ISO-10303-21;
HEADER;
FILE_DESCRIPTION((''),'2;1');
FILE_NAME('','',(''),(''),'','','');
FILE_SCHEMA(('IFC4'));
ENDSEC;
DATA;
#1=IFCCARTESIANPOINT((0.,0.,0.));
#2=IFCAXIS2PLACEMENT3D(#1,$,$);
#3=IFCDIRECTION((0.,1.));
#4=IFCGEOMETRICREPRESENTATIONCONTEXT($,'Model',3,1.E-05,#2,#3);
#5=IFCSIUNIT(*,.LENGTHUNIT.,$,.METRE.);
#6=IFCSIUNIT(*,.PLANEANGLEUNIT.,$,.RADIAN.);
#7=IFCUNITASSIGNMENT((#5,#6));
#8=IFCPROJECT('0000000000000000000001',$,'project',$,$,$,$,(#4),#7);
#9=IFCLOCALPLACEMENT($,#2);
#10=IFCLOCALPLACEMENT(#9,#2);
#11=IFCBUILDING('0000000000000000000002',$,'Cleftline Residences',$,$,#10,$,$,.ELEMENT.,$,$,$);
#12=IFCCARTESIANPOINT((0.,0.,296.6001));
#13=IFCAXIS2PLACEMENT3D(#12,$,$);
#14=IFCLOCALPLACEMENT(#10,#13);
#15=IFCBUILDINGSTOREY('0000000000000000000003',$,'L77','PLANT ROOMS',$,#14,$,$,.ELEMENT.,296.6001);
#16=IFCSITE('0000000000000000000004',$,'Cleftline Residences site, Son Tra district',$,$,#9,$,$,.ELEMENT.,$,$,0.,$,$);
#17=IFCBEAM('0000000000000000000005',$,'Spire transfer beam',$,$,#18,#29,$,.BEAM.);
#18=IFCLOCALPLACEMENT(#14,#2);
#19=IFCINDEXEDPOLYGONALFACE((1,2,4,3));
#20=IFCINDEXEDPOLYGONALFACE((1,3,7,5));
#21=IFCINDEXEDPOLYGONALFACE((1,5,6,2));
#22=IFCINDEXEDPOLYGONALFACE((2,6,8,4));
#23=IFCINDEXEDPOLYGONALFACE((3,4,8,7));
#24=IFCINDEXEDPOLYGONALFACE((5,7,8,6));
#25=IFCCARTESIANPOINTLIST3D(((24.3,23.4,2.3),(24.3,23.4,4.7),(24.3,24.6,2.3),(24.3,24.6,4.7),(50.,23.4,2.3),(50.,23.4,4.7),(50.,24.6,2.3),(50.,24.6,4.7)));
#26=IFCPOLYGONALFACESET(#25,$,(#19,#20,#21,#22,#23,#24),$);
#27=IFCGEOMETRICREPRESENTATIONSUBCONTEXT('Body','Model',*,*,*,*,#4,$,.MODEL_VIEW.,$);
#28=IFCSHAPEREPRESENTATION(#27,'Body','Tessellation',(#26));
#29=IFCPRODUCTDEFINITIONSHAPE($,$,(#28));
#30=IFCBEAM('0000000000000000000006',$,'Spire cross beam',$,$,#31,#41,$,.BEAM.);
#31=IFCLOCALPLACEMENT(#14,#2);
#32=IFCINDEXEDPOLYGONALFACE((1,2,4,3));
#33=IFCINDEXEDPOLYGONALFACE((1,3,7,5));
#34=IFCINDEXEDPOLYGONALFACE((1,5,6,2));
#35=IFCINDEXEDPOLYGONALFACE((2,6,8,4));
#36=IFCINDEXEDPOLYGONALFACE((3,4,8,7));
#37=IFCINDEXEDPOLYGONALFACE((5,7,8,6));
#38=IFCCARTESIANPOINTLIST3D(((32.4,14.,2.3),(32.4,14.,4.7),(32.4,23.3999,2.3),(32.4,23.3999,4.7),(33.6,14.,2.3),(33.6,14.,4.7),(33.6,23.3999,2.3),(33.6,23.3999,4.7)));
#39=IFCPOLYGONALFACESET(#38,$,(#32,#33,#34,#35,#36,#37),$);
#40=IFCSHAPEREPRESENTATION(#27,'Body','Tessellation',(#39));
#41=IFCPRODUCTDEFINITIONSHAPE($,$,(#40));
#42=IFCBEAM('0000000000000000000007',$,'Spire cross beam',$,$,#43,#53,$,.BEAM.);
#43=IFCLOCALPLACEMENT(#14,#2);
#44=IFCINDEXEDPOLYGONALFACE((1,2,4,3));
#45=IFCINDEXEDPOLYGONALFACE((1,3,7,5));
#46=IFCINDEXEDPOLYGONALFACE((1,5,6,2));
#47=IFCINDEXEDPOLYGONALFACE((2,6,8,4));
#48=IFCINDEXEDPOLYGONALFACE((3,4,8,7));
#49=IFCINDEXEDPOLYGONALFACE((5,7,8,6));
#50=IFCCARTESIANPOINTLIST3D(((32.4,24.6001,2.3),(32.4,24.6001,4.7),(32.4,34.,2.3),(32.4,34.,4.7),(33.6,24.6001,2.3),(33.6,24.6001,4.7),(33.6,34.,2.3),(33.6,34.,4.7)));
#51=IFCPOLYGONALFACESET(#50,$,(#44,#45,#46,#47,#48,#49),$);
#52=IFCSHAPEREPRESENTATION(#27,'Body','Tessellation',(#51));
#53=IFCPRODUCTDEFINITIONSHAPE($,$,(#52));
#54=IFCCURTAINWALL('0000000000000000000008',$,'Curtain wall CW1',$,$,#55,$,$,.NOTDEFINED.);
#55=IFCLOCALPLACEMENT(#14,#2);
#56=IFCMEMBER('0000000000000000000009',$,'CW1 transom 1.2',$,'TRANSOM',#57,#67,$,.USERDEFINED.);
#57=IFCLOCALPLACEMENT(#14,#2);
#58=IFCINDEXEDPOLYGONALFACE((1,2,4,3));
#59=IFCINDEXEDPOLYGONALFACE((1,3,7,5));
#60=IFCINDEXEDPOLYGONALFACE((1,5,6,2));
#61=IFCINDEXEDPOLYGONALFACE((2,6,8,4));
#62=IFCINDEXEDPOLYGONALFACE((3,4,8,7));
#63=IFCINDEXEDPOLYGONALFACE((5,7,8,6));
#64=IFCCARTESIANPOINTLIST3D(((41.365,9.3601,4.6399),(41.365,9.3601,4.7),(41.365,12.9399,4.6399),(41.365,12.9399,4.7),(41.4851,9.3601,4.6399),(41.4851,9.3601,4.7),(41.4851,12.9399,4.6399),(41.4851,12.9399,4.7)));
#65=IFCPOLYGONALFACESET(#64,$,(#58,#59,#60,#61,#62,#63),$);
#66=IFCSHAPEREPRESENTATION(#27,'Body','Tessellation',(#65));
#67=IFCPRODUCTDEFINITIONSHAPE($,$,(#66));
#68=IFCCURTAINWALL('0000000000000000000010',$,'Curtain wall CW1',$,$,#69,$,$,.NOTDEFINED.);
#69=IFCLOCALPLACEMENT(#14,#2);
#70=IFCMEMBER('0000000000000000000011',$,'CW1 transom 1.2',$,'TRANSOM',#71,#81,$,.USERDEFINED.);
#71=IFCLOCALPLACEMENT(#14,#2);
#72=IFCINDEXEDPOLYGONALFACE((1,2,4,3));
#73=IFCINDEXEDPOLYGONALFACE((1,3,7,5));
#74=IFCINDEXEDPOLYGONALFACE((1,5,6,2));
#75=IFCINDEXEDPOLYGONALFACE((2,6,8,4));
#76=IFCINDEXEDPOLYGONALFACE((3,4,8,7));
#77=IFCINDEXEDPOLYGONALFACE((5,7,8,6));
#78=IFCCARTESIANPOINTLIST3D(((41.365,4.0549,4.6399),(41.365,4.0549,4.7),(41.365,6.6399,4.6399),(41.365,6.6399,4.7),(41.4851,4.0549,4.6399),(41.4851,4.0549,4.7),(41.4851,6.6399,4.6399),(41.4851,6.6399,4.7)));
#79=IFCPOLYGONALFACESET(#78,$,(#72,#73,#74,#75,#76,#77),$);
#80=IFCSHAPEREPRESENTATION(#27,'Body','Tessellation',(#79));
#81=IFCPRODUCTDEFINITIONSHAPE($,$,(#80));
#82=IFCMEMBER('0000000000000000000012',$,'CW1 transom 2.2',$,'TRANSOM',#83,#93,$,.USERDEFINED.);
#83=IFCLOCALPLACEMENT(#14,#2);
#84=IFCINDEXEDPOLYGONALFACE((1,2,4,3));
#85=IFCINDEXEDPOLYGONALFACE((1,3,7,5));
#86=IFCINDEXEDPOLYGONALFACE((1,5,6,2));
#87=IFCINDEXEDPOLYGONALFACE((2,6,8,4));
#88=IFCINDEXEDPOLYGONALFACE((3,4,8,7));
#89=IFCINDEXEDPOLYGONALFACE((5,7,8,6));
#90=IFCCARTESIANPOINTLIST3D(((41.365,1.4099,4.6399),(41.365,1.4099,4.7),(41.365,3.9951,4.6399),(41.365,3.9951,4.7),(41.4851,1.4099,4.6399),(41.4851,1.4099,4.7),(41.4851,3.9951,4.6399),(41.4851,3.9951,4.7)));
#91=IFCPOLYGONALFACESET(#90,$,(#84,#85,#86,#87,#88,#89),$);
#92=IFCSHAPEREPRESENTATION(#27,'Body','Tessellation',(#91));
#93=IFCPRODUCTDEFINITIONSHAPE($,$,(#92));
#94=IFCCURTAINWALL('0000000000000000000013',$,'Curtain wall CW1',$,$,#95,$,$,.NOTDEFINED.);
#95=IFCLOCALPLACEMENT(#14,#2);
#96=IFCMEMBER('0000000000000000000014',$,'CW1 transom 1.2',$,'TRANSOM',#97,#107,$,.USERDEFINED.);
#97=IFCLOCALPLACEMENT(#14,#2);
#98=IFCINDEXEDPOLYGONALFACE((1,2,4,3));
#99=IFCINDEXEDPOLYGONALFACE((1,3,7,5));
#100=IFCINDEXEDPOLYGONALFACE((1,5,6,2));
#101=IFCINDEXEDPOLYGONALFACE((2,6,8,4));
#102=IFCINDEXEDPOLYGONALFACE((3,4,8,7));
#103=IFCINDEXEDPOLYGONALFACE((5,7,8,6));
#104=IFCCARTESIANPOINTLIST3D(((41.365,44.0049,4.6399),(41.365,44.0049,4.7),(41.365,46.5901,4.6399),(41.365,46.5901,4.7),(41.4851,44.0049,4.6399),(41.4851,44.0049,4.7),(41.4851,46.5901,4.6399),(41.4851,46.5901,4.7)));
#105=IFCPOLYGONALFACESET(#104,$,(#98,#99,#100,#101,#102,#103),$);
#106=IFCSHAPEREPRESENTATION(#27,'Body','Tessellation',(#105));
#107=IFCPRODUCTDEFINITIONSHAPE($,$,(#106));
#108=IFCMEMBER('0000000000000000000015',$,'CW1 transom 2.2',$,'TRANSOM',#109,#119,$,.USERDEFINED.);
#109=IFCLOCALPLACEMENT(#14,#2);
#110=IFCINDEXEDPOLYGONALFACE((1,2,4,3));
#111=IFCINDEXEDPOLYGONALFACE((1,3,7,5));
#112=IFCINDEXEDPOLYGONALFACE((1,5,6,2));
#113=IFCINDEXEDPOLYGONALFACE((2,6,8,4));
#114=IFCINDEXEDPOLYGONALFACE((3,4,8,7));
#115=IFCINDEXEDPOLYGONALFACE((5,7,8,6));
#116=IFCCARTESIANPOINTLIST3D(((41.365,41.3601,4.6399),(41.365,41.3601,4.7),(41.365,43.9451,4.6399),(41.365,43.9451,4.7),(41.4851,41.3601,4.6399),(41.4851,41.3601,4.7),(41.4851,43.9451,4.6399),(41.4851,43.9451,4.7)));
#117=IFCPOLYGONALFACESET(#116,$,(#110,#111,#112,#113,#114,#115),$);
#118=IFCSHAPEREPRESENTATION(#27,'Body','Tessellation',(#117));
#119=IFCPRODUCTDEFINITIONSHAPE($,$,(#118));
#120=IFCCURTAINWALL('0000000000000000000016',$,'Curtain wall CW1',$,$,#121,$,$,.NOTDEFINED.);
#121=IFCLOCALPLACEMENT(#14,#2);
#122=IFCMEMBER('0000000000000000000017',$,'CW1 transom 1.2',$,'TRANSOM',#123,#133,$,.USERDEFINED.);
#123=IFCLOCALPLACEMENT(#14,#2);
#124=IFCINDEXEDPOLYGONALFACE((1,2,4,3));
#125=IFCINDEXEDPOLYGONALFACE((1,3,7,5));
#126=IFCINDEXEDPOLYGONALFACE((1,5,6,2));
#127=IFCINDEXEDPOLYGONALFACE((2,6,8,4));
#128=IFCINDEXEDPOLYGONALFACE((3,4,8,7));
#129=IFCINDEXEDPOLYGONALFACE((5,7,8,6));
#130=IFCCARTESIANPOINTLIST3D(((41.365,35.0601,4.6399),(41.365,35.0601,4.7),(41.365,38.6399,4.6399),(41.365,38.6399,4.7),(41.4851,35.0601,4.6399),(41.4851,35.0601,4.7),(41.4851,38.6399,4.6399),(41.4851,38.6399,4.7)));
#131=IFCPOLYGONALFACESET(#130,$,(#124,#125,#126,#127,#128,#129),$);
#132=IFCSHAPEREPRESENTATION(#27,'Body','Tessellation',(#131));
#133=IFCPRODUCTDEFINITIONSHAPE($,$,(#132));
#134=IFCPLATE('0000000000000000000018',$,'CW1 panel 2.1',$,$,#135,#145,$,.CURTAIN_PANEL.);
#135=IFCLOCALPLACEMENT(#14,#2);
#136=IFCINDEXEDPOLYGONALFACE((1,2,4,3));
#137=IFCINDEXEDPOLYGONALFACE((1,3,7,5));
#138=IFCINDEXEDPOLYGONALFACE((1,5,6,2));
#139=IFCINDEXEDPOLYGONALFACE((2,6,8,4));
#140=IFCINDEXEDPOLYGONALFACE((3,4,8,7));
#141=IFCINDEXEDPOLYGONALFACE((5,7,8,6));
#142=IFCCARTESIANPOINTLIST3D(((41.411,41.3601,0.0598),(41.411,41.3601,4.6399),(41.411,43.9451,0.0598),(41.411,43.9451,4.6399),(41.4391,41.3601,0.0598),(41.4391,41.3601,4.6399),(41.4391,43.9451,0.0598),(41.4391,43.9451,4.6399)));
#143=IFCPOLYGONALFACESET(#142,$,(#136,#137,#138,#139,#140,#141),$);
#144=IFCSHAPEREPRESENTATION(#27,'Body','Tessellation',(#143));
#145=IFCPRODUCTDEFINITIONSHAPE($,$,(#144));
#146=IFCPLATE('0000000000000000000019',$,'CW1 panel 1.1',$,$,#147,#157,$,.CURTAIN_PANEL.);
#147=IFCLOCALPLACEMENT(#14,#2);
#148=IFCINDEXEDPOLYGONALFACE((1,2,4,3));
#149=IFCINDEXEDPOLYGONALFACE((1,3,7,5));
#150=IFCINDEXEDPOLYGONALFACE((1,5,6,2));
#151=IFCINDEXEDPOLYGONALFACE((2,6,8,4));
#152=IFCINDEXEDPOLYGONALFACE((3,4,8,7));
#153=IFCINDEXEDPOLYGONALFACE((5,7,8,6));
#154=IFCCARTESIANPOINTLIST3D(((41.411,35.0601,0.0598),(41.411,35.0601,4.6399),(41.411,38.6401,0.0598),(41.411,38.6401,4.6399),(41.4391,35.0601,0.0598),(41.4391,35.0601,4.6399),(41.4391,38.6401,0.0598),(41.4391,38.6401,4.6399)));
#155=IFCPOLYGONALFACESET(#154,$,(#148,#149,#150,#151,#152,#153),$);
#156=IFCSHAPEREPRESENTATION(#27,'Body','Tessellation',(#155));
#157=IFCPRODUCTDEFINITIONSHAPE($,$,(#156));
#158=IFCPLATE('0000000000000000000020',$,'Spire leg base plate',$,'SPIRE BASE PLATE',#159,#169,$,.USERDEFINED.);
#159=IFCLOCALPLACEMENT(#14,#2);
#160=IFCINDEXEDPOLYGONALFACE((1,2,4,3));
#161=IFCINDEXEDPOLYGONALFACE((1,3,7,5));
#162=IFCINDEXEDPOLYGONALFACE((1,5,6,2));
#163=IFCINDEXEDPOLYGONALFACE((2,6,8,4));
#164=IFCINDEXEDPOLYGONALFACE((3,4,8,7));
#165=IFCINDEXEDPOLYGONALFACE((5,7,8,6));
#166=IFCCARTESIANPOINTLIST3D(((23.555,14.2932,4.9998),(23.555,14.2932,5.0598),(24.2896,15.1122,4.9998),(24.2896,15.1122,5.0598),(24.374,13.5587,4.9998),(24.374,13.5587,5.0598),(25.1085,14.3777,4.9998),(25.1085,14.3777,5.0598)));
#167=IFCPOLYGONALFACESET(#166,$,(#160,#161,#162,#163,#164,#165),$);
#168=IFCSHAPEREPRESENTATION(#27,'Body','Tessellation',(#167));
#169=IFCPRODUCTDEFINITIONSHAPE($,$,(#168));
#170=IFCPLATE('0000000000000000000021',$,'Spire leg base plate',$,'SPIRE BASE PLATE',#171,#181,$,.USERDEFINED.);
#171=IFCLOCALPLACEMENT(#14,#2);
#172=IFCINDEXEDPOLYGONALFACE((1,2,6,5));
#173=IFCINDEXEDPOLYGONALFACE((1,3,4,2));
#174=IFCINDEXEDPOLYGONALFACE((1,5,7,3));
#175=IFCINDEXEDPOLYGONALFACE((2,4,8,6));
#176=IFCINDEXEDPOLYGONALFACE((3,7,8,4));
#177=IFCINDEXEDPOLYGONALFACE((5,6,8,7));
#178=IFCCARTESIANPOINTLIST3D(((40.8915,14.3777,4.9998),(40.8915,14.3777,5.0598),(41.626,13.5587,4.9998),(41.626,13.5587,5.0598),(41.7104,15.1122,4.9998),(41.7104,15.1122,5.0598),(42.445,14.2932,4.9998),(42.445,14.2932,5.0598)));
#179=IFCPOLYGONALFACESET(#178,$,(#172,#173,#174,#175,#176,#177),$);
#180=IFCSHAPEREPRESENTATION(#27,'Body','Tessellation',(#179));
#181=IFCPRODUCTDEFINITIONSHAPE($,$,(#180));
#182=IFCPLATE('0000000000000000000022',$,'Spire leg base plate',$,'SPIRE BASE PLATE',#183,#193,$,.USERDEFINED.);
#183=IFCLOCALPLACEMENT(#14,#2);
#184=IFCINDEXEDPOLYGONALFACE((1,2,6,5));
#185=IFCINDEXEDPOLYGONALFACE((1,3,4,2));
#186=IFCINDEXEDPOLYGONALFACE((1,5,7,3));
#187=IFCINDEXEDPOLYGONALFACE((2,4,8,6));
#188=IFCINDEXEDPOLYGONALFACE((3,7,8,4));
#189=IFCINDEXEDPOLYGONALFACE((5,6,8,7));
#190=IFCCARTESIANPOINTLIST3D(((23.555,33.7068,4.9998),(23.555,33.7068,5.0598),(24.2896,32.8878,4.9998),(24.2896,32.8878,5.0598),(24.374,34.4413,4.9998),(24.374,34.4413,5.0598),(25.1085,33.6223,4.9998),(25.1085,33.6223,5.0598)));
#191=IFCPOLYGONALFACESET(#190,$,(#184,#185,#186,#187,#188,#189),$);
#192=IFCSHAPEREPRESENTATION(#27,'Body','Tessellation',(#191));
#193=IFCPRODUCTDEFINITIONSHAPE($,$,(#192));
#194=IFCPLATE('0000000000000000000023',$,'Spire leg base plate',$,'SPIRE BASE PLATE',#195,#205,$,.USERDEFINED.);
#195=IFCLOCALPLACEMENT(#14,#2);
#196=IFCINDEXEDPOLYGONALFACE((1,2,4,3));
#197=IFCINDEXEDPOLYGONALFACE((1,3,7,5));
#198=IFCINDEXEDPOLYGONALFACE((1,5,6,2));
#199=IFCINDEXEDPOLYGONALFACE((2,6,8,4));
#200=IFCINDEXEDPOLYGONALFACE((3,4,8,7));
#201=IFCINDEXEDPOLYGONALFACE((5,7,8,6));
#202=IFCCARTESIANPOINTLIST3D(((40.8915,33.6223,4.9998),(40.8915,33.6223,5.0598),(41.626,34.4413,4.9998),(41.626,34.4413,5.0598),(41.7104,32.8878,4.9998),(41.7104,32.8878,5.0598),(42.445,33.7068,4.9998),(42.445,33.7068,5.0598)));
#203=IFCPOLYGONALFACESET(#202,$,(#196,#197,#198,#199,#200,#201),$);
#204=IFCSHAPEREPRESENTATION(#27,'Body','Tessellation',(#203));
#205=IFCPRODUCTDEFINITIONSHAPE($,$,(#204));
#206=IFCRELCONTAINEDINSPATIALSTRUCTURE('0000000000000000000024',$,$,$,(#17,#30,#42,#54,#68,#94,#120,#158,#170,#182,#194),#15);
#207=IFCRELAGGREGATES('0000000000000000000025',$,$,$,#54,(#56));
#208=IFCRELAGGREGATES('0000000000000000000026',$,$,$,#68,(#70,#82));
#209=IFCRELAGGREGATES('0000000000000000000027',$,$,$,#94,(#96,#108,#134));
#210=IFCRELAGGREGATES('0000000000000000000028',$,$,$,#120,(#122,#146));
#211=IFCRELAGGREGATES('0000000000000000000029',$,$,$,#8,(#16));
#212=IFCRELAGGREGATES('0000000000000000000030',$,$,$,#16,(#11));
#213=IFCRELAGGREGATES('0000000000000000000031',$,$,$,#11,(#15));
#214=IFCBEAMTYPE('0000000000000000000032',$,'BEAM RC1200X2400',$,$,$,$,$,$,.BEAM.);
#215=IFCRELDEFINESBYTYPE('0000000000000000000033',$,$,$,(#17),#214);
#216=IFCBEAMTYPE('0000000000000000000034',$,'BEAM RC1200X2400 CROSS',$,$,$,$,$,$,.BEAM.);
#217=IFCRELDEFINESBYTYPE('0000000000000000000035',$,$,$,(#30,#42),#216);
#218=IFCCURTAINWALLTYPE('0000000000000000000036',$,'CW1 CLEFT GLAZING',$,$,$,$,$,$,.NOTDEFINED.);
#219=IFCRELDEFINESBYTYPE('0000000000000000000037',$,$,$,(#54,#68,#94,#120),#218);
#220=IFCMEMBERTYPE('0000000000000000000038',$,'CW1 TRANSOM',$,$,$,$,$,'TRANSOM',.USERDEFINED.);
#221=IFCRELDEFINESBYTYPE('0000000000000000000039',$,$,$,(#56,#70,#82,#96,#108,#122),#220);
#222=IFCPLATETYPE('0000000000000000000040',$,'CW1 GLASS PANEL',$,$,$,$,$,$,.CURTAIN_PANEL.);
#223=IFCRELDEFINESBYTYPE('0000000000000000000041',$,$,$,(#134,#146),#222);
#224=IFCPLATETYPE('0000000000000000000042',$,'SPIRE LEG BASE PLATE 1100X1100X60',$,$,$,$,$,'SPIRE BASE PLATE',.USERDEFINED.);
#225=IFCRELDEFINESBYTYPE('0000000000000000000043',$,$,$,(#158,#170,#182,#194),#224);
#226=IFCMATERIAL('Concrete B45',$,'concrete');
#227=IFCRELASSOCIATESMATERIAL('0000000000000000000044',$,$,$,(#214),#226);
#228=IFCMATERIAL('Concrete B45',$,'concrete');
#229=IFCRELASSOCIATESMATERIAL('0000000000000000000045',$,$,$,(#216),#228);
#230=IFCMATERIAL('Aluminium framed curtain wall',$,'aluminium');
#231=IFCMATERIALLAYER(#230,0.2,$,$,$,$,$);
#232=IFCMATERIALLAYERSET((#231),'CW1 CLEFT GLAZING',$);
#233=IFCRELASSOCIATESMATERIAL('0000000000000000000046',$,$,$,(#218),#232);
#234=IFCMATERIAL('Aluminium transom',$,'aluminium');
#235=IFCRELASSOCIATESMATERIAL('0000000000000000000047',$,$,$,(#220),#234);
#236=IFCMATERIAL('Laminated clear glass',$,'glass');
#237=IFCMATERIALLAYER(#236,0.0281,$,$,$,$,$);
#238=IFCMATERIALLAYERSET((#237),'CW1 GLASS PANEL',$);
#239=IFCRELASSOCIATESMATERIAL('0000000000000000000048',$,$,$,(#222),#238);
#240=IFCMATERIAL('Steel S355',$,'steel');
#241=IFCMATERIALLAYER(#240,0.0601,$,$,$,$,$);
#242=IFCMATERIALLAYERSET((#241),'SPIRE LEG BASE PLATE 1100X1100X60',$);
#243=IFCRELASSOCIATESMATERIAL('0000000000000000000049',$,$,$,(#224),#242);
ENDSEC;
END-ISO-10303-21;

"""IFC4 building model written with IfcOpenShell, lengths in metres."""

from ifc_helpers import new_model, si_unit, direction, frame, origin, origin_2d, place, context, subcontext, project, spatial, rectangle, extrude, material, layer, layer_set, material_profile, profile_set, type_object, element, aggregate, save


model = new_model("IFC4")

# Units and contexts
model_context = context("Model", 3, precision=1e-05, world=origin(), true_north=direction((0.0, 1.0)))
body_context = subcontext(model_context, "Body", "Model", "MODEL_VIEW")
ifc_project = project(units=[si_unit("LENGTHUNIT", "METRE"), si_unit("PLANEANGLEUNIT", "RADIAN")], contexts=[model_context])

# Site, building, storey
site_placement = place(None, origin())
site = spatial("IfcSite", under=ifc_project, at=site_placement, Name="Cleftline Residences site, Son Tra district", CompositionType="ELEMENT", RefElevation=0.0)
building_placement = place(site_placement, origin())
building = spatial("IfcBuilding", under=site, at=building_placement, Name="Cleftline Residences", CompositionType="ELEMENT")
storey_placement = place(building_placement, frame((0.0, 0.0, 296.6001)))
storey = spatial("IfcBuildingStorey", under=building, at=storey_placement, Name="L77", Description="PLANT ROOMS", CompositionType="ELEMENT", Elevation=296.6001)

# Beams
ifc_material_1 = material(Name="Concrete B45", Category="concrete")
ifc_material_profile_1 = material_profile(ifc_material_1, rectangle(XDim=1.2, YDim=2.3999, at=origin_2d()))
ifc_profile_set_1 = profile_set([ifc_material_profile_1], Name="Concrete B45")
beam_type_1 = type_object("IfcBeamType", Name="BEAM RC1200X2400", PredefinedType="BEAM", material=ifc_profile_set_1)
beam_placement = place(storey_placement, frame((24.3, 24.0, 3.5), z_axis=(1.0, 0.0, 0.0), x_axis=(0.0, 1.0, 0.0)))
element("IfcBeam", 1, at=beam_placement, inside=storey, type_object=beam_type_1, Name="Spire transfer beam", PredefinedType="BEAM", context=body_context, shape_type="SweptSolid", body=[
    extrude(rectangle(XDim=1.2, YDim=2.3999, at=origin_2d()), origin(), (0.0, 0.0, 1.0), 25.7),
])
ifc_material_2 = material(Name="Concrete B45", Category="concrete")
ifc_material_profile_2 = material_profile(ifc_material_2, rectangle(XDim=1.2, YDim=2.3999, at=origin_2d()))
ifc_profile_set_2 = profile_set([ifc_material_profile_2], Name="Concrete B45")
beam_type_2 = type_object("IfcBeamType", Name="BEAM RC1200X2400 CROSS", PredefinedType="BEAM", material=ifc_profile_set_2)
for number, where, z_axis, x_axis, name in (
    (2, (33.0, 14.0, 3.5), (0.0, 1.0, 0.0), (-1.0, 0.0, 0.0), "Spire cross beam"),
    (3, (33.0, 24.6001, 3.5), (0.0, 1.0, 0.0), (-1.0, 0.0, 0.0), "Spire cross beam"),
):
    element("IfcBeam", number, at=place(storey_placement, frame(where, z_axis=z_axis, x_axis=x_axis)), inside=storey, type_object=beam_type_2, Name=name, PredefinedType="BEAM", context=body_context, shape_type="SweptSolid", body=[
        extrude(rectangle(XDim=1.2, YDim=2.3999, at=origin_2d()), origin(), (0.0, 0.0, 1.0), 9.3999),
    ])

# Curtain wall, member
ifc_material_3 = material(Name="Aluminium framed curtain wall", Category="aluminium")
ifc_layer_1 = layer(ifc_material_3, 0.2)
ifc_layer_set_1 = layer_set([ifc_layer_1], Name="CW1 CLEFT GLAZING")
curtain_wall_type = type_object("IfcCurtainWallType", Name="CW1 CLEFT GLAZING", PredefinedType="NOTDEFINED", material=ifc_layer_set_1)
curtain_wall_1_placement = place(storey_placement, origin())
curtain_wall_1 = element("IfcCurtainWall", 4, at=curtain_wall_1_placement, inside=storey, type_object=curtain_wall_type, Name="Curtain wall CW1", PredefinedType="NOTDEFINED")
ifc_material_4 = material(Name="Aluminium transom", Category="aluminium")
ifc_material_profile_3 = material_profile(ifc_material_4, rectangle(XDim=0.1201, YDim=0.0601, at=origin_2d()))
ifc_profile_set_3 = profile_set([ifc_material_profile_3], Name="Aluminium transom")
member_type = type_object("IfcMemberType", Name="CW1 TRANSOM", ElementType="TRANSOM", PredefinedType="USERDEFINED", material=ifc_profile_set_3)
member_1_placement = place(storey_placement, frame((41.425, 12.9399, 4.6699), z_axis=(0.0, -1.0, 0.0), x_axis=(1.0, 0.0, 0.0)))
member_1 = element("IfcMember", 5, at=member_1_placement, type_object=member_type, Name="CW1 transom 1.2", ObjectType="TRANSOM", PredefinedType="USERDEFINED", context=body_context, shape_type="SweptSolid", body=[
    extrude(rectangle(XDim=0.1201, YDim=0.0601, at=origin_2d()), origin(), (0.0, 0.0, 1.0), 3.5798),
])
aggregate(curtain_wall_1, [member_1])

# Curtain walls, members
curtain_wall_2_placement = place(storey_placement, origin())
curtain_wall_2 = element("IfcCurtainWall", 6, at=curtain_wall_2_placement, inside=storey, type_object=curtain_wall_type, Name="Curtain wall CW1", PredefinedType="NOTDEFINED")
member_2_placement = place(storey_placement, frame((41.425, 6.6399, 4.6699), z_axis=(0.0, -1.0, 0.0), x_axis=(1.0, 0.0, 0.0)))
member_2 = element("IfcMember", 7, at=member_2_placement, type_object=member_type, Name="CW1 transom 1.2", ObjectType="TRANSOM", PredefinedType="USERDEFINED", context=body_context, shape_type="SweptSolid", body=[
    extrude(rectangle(XDim=0.1201, YDim=0.0601, at=origin_2d()), origin(), (0.0, 0.0, 1.0), 2.585),
])
member_3_placement = place(storey_placement, frame((41.425, 3.9951, 4.6699), z_axis=(0.0, -1.0, 0.0), x_axis=(1.0, 0.0, 0.0)))
member_3 = element("IfcMember", 8, at=member_3_placement, type_object=member_type, Name="CW1 transom 2.2", ObjectType="TRANSOM", PredefinedType="USERDEFINED", context=body_context, shape_type="SweptSolid", body=[
    extrude(rectangle(XDim=0.1201, YDim=0.0601, at=origin_2d()), origin(), (0.0, 0.0, 1.0), 2.5852),
])
aggregate(curtain_wall_2, [member_2, member_3])
curtain_wall_3_placement = place(storey_placement, origin())
curtain_wall_3 = element("IfcCurtainWall", 9, at=curtain_wall_3_placement, inside=storey, type_object=curtain_wall_type, Name="Curtain wall CW1", PredefinedType="NOTDEFINED")
member_4_placement = place(storey_placement, frame((41.425, 46.5901, 4.6699), z_axis=(0.0, -1.0, 0.0), x_axis=(1.0, 0.0, 0.0)))
member_4 = element("IfcMember", 10, at=member_4_placement, type_object=member_type, Name="CW1 transom 1.2", ObjectType="TRANSOM", PredefinedType="USERDEFINED", context=body_context, shape_type="SweptSolid", body=[
    extrude(rectangle(XDim=0.1201, YDim=0.0601, at=origin_2d()), origin(), (0.0, 0.0, 1.0), 2.5852),
])
member_5_placement = place(storey_placement, frame((41.425, 43.9451, 4.6699), z_axis=(0.0, -1.0, 0.0), x_axis=(1.0, 0.0, 0.0)))
member_5 = element("IfcMember", 11, at=member_5_placement, type_object=member_type, Name="CW1 transom 2.2", ObjectType="TRANSOM", PredefinedType="USERDEFINED", context=body_context, shape_type="SweptSolid", body=[
    extrude(rectangle(XDim=0.1201, YDim=0.0601, at=origin_2d()), origin(), (0.0, 0.0, 1.0), 2.585),
])

# Curtain wall, member
curtain_wall_4_placement = place(storey_placement, origin())
curtain_wall_4 = element("IfcCurtainWall", 12, at=curtain_wall_4_placement, inside=storey, type_object=curtain_wall_type, Name="Curtain wall CW1", PredefinedType="NOTDEFINED")
member_6_placement = place(storey_placement, frame((41.425, 38.6399, 4.6699), z_axis=(0.0, -1.0, 0.0), x_axis=(1.0, 0.0, 0.0)))
member_6 = element("IfcMember", 13, at=member_6_placement, type_object=member_type, Name="CW1 transom 1.2", ObjectType="TRANSOM", PredefinedType="USERDEFINED", context=body_context, shape_type="SweptSolid", body=[
    extrude(rectangle(XDim=0.1201, YDim=0.0601, at=origin_2d()), origin(), (0.0, 0.0, 1.0), 3.5798),
])

# Plates
ifc_material_5 = material(Name="Laminated clear glass", Category="glass")
ifc_layer_2 = layer(ifc_material_5, 0.0281)
ifc_layer_set_2 = layer_set([ifc_layer_2], Name="CW1 GLASS PANEL")
plate_type_1 = type_object("IfcPlateType", Name="CW1 GLASS PANEL", PredefinedType="CURTAIN_PANEL", material=ifc_layer_set_2)
plate_1_placement = place(storey_placement, frame((41.425, 42.6526, 0.0598), z_axis=(0.0, 0.0, 1.0), x_axis=(0.0, -1.0, 0.0)))
plate_1 = element("IfcPlate", 14, at=plate_1_placement, type_object=plate_type_1, Name="CW1 panel 2.1", PredefinedType="CURTAIN_PANEL", context=body_context, shape_type="SweptSolid", body=[
    extrude(rectangle(XDim=2.585, YDim=0.0281, at=origin_2d()), origin(), (0.0, 0.0, 1.0), 4.5801),
])
aggregate(curtain_wall_3, [member_4, member_5, plate_1])
plate_2_placement = place(storey_placement, frame((41.425, 36.8501, 0.0598), z_axis=(0.0, 0.0, 1.0), x_axis=(0.0, -1.0, 0.0)))
plate_2 = element("IfcPlate", 15, at=plate_2_placement, type_object=plate_type_1, Name="CW1 panel 1.1", PredefinedType="CURTAIN_PANEL", context=body_context, shape_type="SweptSolid", body=[
    extrude(rectangle(XDim=3.5801, YDim=0.0281, at=origin_2d()), origin(), (0.0, 0.0, 1.0), 4.5801),
])
aggregate(curtain_wall_4, [member_6, plate_2])

# Plates
ifc_material_6 = material(Name="Steel S355", Category="steel")
ifc_layer_3 = layer(ifc_material_6, 0.0601)
ifc_layer_set_3 = layer_set([ifc_layer_3], Name="SPIRE LEG BASE PLATE 1100X1100X60")
plate_type_2 = type_object("IfcPlateType", Name="SPIRE LEG BASE PLATE 1100X1100X60", ElementType="SPIRE BASE PLATE", PredefinedType="USERDEFINED", material=ifc_layer_set_3)
for number, where, z_axis, x_axis, name in (
    (16, (24.3318, 14.3354, 4.9998), (0.0, 0.0, 1.0), (0.66769, 0.74444, 0.0), "Spire leg base plate"),
    (17, (41.6682, 14.3354, 4.9998), (0.0, 0.0, 1.0), (-0.66769, 0.74444, 0.0), "Spire leg base plate"),
    (18, (24.3318, 33.6646, 4.9998), (0.0, 0.0, 1.0), (0.66769, -0.74444, 0.0), "Spire leg base plate"),
    (19, (41.6682, 33.6646, 4.9998), (0.0, 0.0, 1.0), (-0.66769, -0.74444, 0.0), "Spire leg base plate"),
):
    element("IfcPlate", number, at=place(storey_placement, frame(where, z_axis=z_axis, x_axis=x_axis)), inside=storey, type_object=plate_type_2, Name=name, ObjectType="SPIRE BASE PLATE", PredefinedType="USERDEFINED", context=body_context, shape_type="SweptSolid", body=[
        extrude(rectangle(XDim=1.1001, YDim=1.1001, at=origin_2d()), origin(), (0.0, 0.0, 1.0), 0.0601),
    ])

save(model, "model.ifc")
